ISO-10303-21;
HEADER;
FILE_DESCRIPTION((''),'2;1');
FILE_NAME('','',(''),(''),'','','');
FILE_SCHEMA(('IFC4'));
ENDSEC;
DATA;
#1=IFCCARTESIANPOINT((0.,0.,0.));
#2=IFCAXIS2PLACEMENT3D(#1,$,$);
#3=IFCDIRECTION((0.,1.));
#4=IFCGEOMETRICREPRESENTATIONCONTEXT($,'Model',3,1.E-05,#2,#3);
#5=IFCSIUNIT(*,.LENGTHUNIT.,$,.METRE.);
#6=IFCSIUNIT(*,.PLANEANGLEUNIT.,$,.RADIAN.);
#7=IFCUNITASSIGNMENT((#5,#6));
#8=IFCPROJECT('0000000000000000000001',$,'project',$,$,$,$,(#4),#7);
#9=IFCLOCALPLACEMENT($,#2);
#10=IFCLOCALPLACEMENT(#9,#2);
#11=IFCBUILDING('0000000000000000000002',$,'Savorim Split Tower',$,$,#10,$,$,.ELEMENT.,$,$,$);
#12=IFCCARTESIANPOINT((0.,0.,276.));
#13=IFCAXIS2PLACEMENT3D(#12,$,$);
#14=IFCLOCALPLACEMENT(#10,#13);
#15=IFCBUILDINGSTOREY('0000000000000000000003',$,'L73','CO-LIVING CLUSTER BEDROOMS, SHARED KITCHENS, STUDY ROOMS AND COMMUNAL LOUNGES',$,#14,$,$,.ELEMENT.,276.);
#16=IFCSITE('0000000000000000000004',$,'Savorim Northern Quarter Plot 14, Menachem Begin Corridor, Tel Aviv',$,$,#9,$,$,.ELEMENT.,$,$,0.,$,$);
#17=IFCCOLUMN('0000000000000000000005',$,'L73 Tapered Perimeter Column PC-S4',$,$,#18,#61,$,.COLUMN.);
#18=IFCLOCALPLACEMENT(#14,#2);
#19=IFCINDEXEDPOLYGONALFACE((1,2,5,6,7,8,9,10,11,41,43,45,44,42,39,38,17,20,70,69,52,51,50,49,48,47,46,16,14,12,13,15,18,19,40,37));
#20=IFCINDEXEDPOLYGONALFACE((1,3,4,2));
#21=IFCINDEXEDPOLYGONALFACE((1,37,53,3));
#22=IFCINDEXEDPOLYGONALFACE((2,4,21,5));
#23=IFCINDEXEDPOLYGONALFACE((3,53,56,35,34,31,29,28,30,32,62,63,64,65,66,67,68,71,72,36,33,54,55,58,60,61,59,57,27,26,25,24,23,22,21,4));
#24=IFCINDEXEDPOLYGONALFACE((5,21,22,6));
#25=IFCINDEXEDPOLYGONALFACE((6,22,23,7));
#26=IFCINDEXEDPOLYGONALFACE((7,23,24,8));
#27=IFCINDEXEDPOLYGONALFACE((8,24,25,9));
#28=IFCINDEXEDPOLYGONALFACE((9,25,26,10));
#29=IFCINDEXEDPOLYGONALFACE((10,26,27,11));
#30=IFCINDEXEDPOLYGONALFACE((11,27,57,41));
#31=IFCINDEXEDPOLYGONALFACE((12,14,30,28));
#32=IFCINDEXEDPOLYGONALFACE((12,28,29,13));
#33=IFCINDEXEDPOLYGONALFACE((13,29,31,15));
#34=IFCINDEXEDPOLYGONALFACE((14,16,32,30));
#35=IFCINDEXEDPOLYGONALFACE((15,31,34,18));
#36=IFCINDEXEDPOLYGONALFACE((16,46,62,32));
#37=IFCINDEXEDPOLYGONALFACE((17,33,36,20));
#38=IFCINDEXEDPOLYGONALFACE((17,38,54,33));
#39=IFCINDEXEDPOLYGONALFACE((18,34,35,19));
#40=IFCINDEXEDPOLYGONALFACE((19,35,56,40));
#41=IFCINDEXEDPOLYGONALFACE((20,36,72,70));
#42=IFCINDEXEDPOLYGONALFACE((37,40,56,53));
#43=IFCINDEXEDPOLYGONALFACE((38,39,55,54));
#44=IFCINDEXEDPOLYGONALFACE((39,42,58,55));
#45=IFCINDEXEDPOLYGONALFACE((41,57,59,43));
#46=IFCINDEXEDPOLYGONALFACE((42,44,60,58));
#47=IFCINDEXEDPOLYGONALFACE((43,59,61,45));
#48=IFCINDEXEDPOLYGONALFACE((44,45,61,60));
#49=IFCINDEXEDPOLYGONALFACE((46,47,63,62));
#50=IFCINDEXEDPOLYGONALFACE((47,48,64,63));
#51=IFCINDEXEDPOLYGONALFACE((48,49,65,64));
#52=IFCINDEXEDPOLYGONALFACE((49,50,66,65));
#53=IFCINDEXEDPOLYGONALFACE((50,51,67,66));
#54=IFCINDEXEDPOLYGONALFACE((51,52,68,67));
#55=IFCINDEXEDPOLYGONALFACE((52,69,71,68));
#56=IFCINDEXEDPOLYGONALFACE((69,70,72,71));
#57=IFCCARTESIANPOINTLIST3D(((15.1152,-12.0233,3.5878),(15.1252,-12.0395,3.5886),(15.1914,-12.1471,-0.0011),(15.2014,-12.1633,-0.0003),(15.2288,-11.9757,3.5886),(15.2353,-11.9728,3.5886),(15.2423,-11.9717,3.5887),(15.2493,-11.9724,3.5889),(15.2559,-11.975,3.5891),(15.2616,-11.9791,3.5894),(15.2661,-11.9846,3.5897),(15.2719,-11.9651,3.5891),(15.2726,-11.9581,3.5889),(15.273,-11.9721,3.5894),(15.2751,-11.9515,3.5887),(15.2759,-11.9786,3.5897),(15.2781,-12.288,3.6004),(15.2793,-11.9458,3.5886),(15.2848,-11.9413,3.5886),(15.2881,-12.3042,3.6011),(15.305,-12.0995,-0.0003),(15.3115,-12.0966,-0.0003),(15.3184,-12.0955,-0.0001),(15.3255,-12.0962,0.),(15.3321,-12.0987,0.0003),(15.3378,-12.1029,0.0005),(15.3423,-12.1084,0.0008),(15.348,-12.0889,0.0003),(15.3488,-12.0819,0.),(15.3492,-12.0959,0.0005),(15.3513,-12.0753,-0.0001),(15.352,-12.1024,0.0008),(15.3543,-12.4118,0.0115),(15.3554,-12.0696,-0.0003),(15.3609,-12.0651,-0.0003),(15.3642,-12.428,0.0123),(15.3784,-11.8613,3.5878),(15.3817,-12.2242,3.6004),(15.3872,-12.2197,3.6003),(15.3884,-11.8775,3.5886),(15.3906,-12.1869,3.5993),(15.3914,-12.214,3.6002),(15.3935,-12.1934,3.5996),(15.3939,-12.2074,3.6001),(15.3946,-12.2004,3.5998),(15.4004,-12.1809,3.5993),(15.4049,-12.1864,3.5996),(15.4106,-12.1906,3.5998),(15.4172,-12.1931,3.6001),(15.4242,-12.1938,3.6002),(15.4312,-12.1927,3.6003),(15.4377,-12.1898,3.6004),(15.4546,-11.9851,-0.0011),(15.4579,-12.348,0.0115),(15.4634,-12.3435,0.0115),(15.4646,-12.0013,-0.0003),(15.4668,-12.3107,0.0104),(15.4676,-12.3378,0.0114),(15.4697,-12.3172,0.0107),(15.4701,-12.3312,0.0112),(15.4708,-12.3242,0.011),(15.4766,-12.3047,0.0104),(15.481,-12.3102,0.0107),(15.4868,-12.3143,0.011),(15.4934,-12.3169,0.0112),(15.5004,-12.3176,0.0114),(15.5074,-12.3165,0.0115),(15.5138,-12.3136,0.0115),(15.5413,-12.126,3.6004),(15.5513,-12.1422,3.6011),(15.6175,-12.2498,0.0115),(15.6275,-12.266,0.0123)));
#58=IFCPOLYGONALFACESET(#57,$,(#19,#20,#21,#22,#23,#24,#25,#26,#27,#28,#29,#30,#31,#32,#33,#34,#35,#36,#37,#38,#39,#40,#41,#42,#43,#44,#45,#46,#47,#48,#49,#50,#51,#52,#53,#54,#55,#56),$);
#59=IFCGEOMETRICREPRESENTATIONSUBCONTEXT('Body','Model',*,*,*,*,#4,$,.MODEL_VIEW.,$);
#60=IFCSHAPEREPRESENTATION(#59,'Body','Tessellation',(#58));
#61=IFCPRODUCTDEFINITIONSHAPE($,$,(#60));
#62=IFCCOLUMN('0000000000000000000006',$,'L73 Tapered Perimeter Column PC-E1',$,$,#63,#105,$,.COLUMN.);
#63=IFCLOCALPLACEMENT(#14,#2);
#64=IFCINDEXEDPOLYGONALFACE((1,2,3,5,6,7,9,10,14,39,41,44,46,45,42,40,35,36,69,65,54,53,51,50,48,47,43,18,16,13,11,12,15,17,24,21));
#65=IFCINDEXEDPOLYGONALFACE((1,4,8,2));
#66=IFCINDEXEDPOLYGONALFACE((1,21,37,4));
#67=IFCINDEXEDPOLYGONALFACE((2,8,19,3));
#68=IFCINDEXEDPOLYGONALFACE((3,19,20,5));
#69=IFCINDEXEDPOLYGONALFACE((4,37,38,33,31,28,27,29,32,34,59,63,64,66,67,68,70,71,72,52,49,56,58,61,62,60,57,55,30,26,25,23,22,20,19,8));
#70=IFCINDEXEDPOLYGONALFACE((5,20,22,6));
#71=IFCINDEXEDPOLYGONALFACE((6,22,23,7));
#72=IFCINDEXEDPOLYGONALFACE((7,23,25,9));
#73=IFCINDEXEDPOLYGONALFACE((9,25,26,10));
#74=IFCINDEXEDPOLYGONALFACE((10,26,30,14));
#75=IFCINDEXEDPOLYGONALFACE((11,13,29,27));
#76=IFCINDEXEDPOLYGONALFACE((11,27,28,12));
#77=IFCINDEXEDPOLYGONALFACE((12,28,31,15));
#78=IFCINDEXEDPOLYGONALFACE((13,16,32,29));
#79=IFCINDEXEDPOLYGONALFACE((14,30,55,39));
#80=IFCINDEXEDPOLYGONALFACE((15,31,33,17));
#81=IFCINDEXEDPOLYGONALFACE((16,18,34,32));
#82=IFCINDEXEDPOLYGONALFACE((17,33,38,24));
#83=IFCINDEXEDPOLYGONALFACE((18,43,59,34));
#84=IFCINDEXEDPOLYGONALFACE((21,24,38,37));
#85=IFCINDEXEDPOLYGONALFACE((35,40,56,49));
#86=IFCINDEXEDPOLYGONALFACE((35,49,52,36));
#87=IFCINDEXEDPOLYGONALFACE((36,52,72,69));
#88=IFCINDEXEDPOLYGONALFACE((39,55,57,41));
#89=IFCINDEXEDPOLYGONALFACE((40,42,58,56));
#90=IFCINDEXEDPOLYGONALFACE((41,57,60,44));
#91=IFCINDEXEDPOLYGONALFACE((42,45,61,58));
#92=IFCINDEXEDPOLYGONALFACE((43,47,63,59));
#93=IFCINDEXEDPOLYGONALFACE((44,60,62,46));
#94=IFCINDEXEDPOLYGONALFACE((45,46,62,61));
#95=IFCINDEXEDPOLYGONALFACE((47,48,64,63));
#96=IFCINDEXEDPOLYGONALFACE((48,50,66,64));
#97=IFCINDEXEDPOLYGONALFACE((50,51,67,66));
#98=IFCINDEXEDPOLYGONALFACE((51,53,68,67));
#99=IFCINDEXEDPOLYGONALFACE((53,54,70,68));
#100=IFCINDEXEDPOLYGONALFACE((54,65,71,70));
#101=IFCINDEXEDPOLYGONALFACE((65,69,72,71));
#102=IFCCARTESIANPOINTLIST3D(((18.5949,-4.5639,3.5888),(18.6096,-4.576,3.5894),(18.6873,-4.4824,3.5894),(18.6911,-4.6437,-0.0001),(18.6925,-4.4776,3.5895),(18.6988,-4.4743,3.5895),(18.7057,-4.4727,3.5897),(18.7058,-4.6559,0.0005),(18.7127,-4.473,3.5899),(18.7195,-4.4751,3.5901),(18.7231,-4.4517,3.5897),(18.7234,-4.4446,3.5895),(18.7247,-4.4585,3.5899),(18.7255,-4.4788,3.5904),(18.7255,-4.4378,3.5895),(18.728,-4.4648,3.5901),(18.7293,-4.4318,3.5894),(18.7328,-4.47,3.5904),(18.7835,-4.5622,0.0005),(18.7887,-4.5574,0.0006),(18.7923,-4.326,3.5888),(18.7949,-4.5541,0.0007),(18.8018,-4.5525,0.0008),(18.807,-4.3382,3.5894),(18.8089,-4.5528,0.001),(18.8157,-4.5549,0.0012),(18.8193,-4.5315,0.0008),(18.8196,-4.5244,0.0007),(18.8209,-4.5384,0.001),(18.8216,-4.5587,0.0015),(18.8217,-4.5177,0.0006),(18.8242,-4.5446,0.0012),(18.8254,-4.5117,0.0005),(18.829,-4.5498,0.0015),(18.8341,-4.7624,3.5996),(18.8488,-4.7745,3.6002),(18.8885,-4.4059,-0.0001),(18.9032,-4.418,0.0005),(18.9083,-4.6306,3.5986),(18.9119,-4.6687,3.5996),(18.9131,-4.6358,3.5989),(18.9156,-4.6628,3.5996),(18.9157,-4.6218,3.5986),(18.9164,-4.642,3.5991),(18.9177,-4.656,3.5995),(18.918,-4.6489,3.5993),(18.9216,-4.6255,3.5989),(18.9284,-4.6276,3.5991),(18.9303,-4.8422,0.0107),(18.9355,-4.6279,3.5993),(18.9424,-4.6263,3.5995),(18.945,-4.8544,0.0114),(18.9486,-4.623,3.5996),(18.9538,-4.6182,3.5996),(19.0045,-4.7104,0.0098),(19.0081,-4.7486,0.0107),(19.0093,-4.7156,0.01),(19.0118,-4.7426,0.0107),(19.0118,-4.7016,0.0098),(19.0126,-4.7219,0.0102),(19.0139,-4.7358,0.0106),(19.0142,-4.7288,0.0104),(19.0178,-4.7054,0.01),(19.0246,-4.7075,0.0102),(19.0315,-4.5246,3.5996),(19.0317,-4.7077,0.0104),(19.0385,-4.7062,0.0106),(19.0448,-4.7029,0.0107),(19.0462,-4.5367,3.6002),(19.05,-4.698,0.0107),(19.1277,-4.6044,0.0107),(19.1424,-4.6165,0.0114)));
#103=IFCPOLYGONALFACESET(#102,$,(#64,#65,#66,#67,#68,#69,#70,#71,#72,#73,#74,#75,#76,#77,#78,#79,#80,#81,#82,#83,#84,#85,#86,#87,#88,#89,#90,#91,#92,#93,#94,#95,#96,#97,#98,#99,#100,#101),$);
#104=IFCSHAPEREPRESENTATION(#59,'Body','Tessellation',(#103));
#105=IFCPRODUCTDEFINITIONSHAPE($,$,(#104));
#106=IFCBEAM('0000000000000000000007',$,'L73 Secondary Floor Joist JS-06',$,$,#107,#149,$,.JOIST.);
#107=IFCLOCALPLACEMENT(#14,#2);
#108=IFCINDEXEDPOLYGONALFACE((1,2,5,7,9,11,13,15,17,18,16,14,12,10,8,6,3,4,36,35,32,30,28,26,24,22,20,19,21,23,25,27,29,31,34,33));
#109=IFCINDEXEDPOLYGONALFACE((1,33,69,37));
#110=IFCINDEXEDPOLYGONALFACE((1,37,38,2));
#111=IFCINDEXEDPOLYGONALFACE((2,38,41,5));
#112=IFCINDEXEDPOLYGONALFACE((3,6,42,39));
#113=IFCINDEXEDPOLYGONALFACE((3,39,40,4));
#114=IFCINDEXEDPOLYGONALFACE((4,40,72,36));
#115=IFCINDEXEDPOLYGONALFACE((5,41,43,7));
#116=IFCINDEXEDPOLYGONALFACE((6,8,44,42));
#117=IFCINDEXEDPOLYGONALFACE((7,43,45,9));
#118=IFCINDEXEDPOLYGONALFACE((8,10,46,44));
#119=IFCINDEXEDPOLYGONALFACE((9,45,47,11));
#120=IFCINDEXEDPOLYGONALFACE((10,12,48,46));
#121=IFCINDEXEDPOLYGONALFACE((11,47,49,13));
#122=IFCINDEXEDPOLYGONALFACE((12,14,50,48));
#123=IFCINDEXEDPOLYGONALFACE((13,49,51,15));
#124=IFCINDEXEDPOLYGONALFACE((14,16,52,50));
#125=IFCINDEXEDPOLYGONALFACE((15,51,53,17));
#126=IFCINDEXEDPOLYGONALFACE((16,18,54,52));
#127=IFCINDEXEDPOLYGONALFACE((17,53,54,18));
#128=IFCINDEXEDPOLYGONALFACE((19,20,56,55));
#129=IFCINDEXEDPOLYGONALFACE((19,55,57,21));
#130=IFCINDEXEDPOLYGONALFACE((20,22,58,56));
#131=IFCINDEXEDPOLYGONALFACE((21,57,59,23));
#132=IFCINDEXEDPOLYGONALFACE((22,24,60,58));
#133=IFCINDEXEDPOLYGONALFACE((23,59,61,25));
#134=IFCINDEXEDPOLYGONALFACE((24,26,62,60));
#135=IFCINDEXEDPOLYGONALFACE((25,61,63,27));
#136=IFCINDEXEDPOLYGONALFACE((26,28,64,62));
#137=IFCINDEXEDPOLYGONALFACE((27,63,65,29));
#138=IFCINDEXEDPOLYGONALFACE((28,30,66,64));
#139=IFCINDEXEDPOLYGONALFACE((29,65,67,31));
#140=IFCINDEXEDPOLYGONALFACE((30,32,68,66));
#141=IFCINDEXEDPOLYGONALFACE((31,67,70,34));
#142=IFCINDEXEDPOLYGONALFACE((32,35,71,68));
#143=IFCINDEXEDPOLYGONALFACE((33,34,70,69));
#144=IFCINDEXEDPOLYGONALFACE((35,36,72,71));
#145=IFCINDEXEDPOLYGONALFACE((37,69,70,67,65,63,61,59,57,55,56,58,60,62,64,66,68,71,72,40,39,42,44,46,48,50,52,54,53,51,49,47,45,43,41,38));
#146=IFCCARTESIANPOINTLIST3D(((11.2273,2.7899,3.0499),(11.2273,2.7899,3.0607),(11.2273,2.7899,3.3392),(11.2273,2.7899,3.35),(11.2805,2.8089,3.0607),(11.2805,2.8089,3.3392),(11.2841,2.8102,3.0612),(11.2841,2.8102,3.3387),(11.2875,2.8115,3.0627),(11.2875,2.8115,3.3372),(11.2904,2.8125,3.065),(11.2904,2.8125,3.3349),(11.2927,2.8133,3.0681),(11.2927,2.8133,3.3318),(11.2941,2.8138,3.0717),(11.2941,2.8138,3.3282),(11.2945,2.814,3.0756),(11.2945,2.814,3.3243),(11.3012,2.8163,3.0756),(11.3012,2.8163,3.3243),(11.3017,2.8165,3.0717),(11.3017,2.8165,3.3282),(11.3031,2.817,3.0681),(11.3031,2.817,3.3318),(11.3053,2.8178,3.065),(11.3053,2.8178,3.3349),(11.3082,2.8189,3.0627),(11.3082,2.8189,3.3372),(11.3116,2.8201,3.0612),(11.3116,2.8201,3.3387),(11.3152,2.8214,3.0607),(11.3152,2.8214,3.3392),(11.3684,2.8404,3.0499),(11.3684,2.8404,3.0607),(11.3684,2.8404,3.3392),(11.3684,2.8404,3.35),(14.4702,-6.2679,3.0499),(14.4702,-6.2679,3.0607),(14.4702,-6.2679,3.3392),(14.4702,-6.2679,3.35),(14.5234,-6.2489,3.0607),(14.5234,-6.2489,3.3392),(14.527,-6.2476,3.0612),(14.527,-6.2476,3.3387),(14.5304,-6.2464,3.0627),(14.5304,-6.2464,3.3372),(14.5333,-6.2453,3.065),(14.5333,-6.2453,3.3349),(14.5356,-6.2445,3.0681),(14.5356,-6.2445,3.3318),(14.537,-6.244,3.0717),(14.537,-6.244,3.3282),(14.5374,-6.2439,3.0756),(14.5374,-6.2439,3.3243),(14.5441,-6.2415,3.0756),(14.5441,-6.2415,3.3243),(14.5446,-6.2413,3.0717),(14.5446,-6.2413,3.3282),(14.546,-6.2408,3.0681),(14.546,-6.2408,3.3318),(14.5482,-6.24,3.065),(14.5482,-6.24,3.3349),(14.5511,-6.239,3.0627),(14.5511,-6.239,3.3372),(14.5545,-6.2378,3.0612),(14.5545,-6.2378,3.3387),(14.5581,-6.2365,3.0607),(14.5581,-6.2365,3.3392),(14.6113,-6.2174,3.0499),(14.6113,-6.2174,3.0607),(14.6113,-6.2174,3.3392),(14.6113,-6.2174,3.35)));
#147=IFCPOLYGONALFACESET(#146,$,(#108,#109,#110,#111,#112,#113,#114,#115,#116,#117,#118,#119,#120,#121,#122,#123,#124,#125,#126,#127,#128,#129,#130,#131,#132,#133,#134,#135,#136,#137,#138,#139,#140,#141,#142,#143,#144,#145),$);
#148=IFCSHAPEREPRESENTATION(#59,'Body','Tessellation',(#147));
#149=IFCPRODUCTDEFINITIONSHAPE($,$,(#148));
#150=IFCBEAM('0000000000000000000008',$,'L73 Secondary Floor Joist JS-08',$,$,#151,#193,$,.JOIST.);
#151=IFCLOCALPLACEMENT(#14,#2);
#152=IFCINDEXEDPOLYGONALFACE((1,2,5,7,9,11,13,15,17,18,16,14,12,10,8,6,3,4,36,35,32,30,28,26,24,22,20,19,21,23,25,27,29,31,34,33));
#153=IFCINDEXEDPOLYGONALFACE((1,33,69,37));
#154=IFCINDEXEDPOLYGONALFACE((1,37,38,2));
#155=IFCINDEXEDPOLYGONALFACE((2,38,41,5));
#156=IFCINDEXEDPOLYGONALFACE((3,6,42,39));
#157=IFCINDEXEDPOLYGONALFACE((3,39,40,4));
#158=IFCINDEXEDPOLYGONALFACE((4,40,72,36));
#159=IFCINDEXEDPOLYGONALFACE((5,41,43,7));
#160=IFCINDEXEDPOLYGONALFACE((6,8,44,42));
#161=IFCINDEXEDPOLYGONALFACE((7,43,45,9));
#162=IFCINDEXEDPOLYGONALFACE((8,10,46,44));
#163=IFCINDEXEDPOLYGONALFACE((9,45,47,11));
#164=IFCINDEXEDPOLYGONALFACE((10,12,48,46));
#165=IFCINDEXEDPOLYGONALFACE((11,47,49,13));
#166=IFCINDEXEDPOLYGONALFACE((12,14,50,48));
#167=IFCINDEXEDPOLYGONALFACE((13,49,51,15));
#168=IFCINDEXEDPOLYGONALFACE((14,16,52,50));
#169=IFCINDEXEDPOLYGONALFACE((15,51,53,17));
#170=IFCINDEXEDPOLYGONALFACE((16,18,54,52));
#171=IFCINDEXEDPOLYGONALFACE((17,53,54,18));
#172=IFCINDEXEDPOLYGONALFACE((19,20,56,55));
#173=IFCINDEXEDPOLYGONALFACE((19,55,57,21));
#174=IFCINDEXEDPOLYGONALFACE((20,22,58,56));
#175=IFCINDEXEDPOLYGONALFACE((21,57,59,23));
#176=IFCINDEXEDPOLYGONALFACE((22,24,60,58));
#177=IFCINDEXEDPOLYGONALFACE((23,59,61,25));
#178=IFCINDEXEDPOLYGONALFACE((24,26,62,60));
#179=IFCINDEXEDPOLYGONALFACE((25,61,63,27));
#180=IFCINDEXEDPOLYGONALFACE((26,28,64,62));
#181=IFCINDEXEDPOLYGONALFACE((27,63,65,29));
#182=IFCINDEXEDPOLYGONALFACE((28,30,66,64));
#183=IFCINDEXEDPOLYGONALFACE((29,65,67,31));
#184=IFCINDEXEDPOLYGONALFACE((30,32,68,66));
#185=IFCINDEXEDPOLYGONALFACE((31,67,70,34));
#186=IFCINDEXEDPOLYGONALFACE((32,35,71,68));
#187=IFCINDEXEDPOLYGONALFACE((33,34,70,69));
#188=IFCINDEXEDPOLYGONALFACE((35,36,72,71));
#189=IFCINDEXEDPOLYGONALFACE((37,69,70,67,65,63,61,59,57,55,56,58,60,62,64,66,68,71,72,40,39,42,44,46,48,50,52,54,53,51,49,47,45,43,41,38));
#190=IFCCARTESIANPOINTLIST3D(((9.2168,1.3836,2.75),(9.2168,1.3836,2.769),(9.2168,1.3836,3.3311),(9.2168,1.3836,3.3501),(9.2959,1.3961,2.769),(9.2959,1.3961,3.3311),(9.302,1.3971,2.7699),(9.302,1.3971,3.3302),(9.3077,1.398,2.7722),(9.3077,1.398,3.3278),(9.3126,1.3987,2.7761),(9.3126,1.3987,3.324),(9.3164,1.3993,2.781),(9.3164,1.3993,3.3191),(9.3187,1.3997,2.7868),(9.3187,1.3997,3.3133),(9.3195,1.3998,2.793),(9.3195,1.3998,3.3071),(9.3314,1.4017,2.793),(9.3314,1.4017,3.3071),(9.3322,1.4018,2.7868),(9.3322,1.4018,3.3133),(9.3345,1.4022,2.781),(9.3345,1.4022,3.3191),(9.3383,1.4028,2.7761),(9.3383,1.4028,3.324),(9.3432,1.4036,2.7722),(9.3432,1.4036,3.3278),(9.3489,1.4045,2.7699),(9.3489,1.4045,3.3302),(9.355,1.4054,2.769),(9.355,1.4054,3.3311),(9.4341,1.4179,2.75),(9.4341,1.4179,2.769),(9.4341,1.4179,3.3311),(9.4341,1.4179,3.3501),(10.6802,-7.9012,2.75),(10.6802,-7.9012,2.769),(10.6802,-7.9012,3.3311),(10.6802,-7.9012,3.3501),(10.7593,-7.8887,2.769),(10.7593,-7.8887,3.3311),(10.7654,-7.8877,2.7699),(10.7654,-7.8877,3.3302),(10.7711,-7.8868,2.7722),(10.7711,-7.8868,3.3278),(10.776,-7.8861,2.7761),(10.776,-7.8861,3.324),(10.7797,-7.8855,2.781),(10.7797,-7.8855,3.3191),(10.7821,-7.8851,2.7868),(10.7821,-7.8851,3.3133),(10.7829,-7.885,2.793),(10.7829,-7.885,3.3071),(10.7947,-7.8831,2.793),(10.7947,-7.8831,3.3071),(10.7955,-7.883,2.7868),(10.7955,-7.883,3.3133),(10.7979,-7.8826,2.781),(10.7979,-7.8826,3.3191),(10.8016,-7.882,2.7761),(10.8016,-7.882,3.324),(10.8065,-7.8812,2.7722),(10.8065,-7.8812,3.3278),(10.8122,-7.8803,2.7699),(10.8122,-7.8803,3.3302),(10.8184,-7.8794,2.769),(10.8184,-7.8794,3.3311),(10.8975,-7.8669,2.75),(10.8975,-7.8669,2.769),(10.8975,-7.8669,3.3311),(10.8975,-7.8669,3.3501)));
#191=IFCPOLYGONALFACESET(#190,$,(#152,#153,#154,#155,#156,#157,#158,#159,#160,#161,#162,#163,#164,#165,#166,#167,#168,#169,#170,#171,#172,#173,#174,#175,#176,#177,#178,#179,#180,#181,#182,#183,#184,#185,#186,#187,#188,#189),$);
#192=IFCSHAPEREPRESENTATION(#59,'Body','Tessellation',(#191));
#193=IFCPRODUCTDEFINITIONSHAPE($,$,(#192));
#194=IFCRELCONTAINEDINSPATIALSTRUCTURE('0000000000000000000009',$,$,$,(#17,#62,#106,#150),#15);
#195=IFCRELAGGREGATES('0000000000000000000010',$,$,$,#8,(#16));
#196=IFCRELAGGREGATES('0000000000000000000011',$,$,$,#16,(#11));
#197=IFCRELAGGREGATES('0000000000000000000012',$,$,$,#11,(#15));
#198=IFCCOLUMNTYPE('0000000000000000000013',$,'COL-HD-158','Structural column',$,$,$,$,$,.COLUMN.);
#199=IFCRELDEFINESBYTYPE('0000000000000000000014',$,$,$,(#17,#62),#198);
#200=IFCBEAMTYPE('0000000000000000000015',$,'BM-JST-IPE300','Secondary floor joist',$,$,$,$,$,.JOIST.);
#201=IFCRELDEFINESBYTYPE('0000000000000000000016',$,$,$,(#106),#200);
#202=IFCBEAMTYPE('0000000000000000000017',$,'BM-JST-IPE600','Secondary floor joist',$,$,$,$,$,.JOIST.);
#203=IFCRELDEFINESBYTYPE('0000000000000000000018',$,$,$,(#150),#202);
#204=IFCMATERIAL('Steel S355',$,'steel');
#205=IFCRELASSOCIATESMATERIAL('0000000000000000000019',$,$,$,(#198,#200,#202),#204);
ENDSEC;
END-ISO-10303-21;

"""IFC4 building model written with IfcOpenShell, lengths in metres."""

from ifc_helpers import new_model, si_unit, direction, frame, origin, origin_2d, place, context, subcontext, project, spatial, i_section, extrude, material, material_profile, profile_set, type_object, element, save


model = new_model("IFC4")

# Units and contexts
model_context = context("Model", 3, precision=1e-05, world=origin(), true_north=direction((0.0, 1.0)))
body_context = subcontext(model_context, "Body", "Model", "MODEL_VIEW")
ifc_project = project(units=[si_unit("LENGTHUNIT", "METRE"), si_unit("PLANEANGLEUNIT", "RADIAN")], contexts=[model_context])

# Site, building, storey
site_placement = place(None, origin())
site = spatial("IfcSite", under=ifc_project, at=site_placement, Name="Savorim Northern Quarter Plot 14, Menachem Begin Corridor, Tel Aviv", CompositionType="ELEMENT", RefElevation=0.0)
building_placement = place(site_placement, origin())
building = spatial("IfcBuilding", under=site, at=building_placement, Name="Savorim Split Tower", CompositionType="ELEMENT")
storey_placement = place(building_placement, frame((0.0, 0.0, 276.0)))
storey = spatial("IfcBuildingStorey", under=building, at=storey_placement, Name="L73", Description="CO-LIVING CLUSTER BEDROOMS, SHARED KITCHENS, STUDY ROOMS AND COMMUNAL LOUNGES", CompositionType="ELEMENT", Elevation=276.0)

# Columns
ifc_material_1 = material(Name="Steel S355", Category="steel")
ifc_material_profile_1 = material_profile(ifc_material_1, i_section(OverallWidth=0.3091, OverallDepth=0.3301, WebThickness=0.0115, FlangeThickness=0.019, FilletRadius=0.0271, at=origin_2d()), Name="HD 320x158")
ifc_profile_set_1 = profile_set([ifc_material_profile_1], Name="Steel S355")
column_type = type_object("IfcColumnType", Name="COL-HD-158", Description="Structural column", PredefinedType="COLUMN", material=ifc_profile_set_1)
column_1_placement = place(storey_placement, frame((15.4094, -12.2065, 0.0056), z_axis=(-0.021207, 0.034462, 0.999181), x_axis=(-0.851658, -0.524097, 0.0)))
element("IfcColumn", 1, at=column_1_placement, inside=storey, type_object=column_type, Name="L73 Tapered Perimeter Column PC-S4", PredefinedType="COLUMN", context=body_context, shape_type="SweptSolid", body=[
    extrude(i_section(OverallWidth=0.3091, OverallDepth=0.3301, WebThickness=0.0115, FlangeThickness=0.019, FilletRadius=0.0271, at=origin_2d()), origin(), (0.0, 0.0, 1.0), 3.5918),
])
column_2_placement = place(storey_placement, frame((18.9167, -4.6301, 0.0056), z_axis=(-0.026786, 0.022231, 0.999394), x_axis=(-0.638646, -0.7695, 0.0)))
element("IfcColumn", 2, at=column_2_placement, inside=storey, type_object=column_type, Name="L73 Tapered Perimeter Column PC-E1", PredefinedType="COLUMN", context=body_context, shape_type="SweptSolid", body=[
    extrude(i_section(OverallWidth=0.3091, OverallDepth=0.3301, WebThickness=0.0115, FlangeThickness=0.019, FilletRadius=0.0271, at=origin_2d()), origin(), (0.0, 0.0, 1.0), 3.5911),
])

# Beams
ifc_material_profile_2 = material_profile(ifc_material_1, i_section(OverallWidth=0.1499, OverallDepth=0.3, WebThickness=0.0071, FlangeThickness=0.0107, FilletRadius=0.0149, at=origin_2d()), Name="IPE 300")
ifc_profile_set_2 = profile_set([ifc_material_profile_2], Name="Steel S355")
beam_type_1 = type_object("IfcBeamType", Name="BM-JST-IPE300", Description="Secondary floor joist", PredefinedType="JOIST", material=ifc_profile_set_2)
beam_1_placement = place(storey_placement, frame((14.5408, -6.2427, 3.2), z_axis=(-0.337071, 0.941479, 0.0), x_axis=(-0.941479, -0.337071, 0.0)))
element("IfcBeam", 3, at=beam_1_placement, inside=storey, type_object=beam_type_1, Name="L73 Secondary Floor Joist JS-06", PredefinedType="JOIST", context=body_context, shape_type="SweptSolid", body=[
    extrude(i_section(OverallWidth=0.1499, OverallDepth=0.3, WebThickness=0.0071, FlangeThickness=0.0107, FilletRadius=0.0149, at=origin_2d()), origin(), (0.0, 0.0, 1.0), 9.6208),
])
ifc_material_profile_3 = material_profile(ifc_material_1, i_section(OverallWidth=0.22, OverallDepth=0.6001, WebThickness=0.012, FlangeThickness=0.019, FilletRadius=0.0239, at=origin_2d()), Name="IPE 600")
ifc_profile_set_3 = profile_set([ifc_material_profile_3], Name="Steel S355")
beam_type_2 = type_object("IfcBeamType", Name="BM-JST-IPE600", Description="Secondary floor joist", PredefinedType="JOIST", material=ifc_profile_set_3)
beam_2_placement = place(storey_placement, frame((10.7888, -7.884, 3.05), z_axis=(-0.155686, 0.987807, 0.0), x_axis=(-0.987807, -0.155686, 0.0)))
element("IfcBeam", 4, at=beam_2_placement, inside=storey, type_object=beam_type_2, Name="L73 Secondary Floor Joist JS-08", PredefinedType="JOIST", context=body_context, shape_type="SweptSolid", body=[
    extrude(i_section(OverallWidth=0.22, OverallDepth=0.6001, WebThickness=0.012, FlangeThickness=0.019, FilletRadius=0.0239, at=origin_2d()), origin(), (0.0, 0.0, 1.0), 9.3994),
])

save(model, "model.ifc")
